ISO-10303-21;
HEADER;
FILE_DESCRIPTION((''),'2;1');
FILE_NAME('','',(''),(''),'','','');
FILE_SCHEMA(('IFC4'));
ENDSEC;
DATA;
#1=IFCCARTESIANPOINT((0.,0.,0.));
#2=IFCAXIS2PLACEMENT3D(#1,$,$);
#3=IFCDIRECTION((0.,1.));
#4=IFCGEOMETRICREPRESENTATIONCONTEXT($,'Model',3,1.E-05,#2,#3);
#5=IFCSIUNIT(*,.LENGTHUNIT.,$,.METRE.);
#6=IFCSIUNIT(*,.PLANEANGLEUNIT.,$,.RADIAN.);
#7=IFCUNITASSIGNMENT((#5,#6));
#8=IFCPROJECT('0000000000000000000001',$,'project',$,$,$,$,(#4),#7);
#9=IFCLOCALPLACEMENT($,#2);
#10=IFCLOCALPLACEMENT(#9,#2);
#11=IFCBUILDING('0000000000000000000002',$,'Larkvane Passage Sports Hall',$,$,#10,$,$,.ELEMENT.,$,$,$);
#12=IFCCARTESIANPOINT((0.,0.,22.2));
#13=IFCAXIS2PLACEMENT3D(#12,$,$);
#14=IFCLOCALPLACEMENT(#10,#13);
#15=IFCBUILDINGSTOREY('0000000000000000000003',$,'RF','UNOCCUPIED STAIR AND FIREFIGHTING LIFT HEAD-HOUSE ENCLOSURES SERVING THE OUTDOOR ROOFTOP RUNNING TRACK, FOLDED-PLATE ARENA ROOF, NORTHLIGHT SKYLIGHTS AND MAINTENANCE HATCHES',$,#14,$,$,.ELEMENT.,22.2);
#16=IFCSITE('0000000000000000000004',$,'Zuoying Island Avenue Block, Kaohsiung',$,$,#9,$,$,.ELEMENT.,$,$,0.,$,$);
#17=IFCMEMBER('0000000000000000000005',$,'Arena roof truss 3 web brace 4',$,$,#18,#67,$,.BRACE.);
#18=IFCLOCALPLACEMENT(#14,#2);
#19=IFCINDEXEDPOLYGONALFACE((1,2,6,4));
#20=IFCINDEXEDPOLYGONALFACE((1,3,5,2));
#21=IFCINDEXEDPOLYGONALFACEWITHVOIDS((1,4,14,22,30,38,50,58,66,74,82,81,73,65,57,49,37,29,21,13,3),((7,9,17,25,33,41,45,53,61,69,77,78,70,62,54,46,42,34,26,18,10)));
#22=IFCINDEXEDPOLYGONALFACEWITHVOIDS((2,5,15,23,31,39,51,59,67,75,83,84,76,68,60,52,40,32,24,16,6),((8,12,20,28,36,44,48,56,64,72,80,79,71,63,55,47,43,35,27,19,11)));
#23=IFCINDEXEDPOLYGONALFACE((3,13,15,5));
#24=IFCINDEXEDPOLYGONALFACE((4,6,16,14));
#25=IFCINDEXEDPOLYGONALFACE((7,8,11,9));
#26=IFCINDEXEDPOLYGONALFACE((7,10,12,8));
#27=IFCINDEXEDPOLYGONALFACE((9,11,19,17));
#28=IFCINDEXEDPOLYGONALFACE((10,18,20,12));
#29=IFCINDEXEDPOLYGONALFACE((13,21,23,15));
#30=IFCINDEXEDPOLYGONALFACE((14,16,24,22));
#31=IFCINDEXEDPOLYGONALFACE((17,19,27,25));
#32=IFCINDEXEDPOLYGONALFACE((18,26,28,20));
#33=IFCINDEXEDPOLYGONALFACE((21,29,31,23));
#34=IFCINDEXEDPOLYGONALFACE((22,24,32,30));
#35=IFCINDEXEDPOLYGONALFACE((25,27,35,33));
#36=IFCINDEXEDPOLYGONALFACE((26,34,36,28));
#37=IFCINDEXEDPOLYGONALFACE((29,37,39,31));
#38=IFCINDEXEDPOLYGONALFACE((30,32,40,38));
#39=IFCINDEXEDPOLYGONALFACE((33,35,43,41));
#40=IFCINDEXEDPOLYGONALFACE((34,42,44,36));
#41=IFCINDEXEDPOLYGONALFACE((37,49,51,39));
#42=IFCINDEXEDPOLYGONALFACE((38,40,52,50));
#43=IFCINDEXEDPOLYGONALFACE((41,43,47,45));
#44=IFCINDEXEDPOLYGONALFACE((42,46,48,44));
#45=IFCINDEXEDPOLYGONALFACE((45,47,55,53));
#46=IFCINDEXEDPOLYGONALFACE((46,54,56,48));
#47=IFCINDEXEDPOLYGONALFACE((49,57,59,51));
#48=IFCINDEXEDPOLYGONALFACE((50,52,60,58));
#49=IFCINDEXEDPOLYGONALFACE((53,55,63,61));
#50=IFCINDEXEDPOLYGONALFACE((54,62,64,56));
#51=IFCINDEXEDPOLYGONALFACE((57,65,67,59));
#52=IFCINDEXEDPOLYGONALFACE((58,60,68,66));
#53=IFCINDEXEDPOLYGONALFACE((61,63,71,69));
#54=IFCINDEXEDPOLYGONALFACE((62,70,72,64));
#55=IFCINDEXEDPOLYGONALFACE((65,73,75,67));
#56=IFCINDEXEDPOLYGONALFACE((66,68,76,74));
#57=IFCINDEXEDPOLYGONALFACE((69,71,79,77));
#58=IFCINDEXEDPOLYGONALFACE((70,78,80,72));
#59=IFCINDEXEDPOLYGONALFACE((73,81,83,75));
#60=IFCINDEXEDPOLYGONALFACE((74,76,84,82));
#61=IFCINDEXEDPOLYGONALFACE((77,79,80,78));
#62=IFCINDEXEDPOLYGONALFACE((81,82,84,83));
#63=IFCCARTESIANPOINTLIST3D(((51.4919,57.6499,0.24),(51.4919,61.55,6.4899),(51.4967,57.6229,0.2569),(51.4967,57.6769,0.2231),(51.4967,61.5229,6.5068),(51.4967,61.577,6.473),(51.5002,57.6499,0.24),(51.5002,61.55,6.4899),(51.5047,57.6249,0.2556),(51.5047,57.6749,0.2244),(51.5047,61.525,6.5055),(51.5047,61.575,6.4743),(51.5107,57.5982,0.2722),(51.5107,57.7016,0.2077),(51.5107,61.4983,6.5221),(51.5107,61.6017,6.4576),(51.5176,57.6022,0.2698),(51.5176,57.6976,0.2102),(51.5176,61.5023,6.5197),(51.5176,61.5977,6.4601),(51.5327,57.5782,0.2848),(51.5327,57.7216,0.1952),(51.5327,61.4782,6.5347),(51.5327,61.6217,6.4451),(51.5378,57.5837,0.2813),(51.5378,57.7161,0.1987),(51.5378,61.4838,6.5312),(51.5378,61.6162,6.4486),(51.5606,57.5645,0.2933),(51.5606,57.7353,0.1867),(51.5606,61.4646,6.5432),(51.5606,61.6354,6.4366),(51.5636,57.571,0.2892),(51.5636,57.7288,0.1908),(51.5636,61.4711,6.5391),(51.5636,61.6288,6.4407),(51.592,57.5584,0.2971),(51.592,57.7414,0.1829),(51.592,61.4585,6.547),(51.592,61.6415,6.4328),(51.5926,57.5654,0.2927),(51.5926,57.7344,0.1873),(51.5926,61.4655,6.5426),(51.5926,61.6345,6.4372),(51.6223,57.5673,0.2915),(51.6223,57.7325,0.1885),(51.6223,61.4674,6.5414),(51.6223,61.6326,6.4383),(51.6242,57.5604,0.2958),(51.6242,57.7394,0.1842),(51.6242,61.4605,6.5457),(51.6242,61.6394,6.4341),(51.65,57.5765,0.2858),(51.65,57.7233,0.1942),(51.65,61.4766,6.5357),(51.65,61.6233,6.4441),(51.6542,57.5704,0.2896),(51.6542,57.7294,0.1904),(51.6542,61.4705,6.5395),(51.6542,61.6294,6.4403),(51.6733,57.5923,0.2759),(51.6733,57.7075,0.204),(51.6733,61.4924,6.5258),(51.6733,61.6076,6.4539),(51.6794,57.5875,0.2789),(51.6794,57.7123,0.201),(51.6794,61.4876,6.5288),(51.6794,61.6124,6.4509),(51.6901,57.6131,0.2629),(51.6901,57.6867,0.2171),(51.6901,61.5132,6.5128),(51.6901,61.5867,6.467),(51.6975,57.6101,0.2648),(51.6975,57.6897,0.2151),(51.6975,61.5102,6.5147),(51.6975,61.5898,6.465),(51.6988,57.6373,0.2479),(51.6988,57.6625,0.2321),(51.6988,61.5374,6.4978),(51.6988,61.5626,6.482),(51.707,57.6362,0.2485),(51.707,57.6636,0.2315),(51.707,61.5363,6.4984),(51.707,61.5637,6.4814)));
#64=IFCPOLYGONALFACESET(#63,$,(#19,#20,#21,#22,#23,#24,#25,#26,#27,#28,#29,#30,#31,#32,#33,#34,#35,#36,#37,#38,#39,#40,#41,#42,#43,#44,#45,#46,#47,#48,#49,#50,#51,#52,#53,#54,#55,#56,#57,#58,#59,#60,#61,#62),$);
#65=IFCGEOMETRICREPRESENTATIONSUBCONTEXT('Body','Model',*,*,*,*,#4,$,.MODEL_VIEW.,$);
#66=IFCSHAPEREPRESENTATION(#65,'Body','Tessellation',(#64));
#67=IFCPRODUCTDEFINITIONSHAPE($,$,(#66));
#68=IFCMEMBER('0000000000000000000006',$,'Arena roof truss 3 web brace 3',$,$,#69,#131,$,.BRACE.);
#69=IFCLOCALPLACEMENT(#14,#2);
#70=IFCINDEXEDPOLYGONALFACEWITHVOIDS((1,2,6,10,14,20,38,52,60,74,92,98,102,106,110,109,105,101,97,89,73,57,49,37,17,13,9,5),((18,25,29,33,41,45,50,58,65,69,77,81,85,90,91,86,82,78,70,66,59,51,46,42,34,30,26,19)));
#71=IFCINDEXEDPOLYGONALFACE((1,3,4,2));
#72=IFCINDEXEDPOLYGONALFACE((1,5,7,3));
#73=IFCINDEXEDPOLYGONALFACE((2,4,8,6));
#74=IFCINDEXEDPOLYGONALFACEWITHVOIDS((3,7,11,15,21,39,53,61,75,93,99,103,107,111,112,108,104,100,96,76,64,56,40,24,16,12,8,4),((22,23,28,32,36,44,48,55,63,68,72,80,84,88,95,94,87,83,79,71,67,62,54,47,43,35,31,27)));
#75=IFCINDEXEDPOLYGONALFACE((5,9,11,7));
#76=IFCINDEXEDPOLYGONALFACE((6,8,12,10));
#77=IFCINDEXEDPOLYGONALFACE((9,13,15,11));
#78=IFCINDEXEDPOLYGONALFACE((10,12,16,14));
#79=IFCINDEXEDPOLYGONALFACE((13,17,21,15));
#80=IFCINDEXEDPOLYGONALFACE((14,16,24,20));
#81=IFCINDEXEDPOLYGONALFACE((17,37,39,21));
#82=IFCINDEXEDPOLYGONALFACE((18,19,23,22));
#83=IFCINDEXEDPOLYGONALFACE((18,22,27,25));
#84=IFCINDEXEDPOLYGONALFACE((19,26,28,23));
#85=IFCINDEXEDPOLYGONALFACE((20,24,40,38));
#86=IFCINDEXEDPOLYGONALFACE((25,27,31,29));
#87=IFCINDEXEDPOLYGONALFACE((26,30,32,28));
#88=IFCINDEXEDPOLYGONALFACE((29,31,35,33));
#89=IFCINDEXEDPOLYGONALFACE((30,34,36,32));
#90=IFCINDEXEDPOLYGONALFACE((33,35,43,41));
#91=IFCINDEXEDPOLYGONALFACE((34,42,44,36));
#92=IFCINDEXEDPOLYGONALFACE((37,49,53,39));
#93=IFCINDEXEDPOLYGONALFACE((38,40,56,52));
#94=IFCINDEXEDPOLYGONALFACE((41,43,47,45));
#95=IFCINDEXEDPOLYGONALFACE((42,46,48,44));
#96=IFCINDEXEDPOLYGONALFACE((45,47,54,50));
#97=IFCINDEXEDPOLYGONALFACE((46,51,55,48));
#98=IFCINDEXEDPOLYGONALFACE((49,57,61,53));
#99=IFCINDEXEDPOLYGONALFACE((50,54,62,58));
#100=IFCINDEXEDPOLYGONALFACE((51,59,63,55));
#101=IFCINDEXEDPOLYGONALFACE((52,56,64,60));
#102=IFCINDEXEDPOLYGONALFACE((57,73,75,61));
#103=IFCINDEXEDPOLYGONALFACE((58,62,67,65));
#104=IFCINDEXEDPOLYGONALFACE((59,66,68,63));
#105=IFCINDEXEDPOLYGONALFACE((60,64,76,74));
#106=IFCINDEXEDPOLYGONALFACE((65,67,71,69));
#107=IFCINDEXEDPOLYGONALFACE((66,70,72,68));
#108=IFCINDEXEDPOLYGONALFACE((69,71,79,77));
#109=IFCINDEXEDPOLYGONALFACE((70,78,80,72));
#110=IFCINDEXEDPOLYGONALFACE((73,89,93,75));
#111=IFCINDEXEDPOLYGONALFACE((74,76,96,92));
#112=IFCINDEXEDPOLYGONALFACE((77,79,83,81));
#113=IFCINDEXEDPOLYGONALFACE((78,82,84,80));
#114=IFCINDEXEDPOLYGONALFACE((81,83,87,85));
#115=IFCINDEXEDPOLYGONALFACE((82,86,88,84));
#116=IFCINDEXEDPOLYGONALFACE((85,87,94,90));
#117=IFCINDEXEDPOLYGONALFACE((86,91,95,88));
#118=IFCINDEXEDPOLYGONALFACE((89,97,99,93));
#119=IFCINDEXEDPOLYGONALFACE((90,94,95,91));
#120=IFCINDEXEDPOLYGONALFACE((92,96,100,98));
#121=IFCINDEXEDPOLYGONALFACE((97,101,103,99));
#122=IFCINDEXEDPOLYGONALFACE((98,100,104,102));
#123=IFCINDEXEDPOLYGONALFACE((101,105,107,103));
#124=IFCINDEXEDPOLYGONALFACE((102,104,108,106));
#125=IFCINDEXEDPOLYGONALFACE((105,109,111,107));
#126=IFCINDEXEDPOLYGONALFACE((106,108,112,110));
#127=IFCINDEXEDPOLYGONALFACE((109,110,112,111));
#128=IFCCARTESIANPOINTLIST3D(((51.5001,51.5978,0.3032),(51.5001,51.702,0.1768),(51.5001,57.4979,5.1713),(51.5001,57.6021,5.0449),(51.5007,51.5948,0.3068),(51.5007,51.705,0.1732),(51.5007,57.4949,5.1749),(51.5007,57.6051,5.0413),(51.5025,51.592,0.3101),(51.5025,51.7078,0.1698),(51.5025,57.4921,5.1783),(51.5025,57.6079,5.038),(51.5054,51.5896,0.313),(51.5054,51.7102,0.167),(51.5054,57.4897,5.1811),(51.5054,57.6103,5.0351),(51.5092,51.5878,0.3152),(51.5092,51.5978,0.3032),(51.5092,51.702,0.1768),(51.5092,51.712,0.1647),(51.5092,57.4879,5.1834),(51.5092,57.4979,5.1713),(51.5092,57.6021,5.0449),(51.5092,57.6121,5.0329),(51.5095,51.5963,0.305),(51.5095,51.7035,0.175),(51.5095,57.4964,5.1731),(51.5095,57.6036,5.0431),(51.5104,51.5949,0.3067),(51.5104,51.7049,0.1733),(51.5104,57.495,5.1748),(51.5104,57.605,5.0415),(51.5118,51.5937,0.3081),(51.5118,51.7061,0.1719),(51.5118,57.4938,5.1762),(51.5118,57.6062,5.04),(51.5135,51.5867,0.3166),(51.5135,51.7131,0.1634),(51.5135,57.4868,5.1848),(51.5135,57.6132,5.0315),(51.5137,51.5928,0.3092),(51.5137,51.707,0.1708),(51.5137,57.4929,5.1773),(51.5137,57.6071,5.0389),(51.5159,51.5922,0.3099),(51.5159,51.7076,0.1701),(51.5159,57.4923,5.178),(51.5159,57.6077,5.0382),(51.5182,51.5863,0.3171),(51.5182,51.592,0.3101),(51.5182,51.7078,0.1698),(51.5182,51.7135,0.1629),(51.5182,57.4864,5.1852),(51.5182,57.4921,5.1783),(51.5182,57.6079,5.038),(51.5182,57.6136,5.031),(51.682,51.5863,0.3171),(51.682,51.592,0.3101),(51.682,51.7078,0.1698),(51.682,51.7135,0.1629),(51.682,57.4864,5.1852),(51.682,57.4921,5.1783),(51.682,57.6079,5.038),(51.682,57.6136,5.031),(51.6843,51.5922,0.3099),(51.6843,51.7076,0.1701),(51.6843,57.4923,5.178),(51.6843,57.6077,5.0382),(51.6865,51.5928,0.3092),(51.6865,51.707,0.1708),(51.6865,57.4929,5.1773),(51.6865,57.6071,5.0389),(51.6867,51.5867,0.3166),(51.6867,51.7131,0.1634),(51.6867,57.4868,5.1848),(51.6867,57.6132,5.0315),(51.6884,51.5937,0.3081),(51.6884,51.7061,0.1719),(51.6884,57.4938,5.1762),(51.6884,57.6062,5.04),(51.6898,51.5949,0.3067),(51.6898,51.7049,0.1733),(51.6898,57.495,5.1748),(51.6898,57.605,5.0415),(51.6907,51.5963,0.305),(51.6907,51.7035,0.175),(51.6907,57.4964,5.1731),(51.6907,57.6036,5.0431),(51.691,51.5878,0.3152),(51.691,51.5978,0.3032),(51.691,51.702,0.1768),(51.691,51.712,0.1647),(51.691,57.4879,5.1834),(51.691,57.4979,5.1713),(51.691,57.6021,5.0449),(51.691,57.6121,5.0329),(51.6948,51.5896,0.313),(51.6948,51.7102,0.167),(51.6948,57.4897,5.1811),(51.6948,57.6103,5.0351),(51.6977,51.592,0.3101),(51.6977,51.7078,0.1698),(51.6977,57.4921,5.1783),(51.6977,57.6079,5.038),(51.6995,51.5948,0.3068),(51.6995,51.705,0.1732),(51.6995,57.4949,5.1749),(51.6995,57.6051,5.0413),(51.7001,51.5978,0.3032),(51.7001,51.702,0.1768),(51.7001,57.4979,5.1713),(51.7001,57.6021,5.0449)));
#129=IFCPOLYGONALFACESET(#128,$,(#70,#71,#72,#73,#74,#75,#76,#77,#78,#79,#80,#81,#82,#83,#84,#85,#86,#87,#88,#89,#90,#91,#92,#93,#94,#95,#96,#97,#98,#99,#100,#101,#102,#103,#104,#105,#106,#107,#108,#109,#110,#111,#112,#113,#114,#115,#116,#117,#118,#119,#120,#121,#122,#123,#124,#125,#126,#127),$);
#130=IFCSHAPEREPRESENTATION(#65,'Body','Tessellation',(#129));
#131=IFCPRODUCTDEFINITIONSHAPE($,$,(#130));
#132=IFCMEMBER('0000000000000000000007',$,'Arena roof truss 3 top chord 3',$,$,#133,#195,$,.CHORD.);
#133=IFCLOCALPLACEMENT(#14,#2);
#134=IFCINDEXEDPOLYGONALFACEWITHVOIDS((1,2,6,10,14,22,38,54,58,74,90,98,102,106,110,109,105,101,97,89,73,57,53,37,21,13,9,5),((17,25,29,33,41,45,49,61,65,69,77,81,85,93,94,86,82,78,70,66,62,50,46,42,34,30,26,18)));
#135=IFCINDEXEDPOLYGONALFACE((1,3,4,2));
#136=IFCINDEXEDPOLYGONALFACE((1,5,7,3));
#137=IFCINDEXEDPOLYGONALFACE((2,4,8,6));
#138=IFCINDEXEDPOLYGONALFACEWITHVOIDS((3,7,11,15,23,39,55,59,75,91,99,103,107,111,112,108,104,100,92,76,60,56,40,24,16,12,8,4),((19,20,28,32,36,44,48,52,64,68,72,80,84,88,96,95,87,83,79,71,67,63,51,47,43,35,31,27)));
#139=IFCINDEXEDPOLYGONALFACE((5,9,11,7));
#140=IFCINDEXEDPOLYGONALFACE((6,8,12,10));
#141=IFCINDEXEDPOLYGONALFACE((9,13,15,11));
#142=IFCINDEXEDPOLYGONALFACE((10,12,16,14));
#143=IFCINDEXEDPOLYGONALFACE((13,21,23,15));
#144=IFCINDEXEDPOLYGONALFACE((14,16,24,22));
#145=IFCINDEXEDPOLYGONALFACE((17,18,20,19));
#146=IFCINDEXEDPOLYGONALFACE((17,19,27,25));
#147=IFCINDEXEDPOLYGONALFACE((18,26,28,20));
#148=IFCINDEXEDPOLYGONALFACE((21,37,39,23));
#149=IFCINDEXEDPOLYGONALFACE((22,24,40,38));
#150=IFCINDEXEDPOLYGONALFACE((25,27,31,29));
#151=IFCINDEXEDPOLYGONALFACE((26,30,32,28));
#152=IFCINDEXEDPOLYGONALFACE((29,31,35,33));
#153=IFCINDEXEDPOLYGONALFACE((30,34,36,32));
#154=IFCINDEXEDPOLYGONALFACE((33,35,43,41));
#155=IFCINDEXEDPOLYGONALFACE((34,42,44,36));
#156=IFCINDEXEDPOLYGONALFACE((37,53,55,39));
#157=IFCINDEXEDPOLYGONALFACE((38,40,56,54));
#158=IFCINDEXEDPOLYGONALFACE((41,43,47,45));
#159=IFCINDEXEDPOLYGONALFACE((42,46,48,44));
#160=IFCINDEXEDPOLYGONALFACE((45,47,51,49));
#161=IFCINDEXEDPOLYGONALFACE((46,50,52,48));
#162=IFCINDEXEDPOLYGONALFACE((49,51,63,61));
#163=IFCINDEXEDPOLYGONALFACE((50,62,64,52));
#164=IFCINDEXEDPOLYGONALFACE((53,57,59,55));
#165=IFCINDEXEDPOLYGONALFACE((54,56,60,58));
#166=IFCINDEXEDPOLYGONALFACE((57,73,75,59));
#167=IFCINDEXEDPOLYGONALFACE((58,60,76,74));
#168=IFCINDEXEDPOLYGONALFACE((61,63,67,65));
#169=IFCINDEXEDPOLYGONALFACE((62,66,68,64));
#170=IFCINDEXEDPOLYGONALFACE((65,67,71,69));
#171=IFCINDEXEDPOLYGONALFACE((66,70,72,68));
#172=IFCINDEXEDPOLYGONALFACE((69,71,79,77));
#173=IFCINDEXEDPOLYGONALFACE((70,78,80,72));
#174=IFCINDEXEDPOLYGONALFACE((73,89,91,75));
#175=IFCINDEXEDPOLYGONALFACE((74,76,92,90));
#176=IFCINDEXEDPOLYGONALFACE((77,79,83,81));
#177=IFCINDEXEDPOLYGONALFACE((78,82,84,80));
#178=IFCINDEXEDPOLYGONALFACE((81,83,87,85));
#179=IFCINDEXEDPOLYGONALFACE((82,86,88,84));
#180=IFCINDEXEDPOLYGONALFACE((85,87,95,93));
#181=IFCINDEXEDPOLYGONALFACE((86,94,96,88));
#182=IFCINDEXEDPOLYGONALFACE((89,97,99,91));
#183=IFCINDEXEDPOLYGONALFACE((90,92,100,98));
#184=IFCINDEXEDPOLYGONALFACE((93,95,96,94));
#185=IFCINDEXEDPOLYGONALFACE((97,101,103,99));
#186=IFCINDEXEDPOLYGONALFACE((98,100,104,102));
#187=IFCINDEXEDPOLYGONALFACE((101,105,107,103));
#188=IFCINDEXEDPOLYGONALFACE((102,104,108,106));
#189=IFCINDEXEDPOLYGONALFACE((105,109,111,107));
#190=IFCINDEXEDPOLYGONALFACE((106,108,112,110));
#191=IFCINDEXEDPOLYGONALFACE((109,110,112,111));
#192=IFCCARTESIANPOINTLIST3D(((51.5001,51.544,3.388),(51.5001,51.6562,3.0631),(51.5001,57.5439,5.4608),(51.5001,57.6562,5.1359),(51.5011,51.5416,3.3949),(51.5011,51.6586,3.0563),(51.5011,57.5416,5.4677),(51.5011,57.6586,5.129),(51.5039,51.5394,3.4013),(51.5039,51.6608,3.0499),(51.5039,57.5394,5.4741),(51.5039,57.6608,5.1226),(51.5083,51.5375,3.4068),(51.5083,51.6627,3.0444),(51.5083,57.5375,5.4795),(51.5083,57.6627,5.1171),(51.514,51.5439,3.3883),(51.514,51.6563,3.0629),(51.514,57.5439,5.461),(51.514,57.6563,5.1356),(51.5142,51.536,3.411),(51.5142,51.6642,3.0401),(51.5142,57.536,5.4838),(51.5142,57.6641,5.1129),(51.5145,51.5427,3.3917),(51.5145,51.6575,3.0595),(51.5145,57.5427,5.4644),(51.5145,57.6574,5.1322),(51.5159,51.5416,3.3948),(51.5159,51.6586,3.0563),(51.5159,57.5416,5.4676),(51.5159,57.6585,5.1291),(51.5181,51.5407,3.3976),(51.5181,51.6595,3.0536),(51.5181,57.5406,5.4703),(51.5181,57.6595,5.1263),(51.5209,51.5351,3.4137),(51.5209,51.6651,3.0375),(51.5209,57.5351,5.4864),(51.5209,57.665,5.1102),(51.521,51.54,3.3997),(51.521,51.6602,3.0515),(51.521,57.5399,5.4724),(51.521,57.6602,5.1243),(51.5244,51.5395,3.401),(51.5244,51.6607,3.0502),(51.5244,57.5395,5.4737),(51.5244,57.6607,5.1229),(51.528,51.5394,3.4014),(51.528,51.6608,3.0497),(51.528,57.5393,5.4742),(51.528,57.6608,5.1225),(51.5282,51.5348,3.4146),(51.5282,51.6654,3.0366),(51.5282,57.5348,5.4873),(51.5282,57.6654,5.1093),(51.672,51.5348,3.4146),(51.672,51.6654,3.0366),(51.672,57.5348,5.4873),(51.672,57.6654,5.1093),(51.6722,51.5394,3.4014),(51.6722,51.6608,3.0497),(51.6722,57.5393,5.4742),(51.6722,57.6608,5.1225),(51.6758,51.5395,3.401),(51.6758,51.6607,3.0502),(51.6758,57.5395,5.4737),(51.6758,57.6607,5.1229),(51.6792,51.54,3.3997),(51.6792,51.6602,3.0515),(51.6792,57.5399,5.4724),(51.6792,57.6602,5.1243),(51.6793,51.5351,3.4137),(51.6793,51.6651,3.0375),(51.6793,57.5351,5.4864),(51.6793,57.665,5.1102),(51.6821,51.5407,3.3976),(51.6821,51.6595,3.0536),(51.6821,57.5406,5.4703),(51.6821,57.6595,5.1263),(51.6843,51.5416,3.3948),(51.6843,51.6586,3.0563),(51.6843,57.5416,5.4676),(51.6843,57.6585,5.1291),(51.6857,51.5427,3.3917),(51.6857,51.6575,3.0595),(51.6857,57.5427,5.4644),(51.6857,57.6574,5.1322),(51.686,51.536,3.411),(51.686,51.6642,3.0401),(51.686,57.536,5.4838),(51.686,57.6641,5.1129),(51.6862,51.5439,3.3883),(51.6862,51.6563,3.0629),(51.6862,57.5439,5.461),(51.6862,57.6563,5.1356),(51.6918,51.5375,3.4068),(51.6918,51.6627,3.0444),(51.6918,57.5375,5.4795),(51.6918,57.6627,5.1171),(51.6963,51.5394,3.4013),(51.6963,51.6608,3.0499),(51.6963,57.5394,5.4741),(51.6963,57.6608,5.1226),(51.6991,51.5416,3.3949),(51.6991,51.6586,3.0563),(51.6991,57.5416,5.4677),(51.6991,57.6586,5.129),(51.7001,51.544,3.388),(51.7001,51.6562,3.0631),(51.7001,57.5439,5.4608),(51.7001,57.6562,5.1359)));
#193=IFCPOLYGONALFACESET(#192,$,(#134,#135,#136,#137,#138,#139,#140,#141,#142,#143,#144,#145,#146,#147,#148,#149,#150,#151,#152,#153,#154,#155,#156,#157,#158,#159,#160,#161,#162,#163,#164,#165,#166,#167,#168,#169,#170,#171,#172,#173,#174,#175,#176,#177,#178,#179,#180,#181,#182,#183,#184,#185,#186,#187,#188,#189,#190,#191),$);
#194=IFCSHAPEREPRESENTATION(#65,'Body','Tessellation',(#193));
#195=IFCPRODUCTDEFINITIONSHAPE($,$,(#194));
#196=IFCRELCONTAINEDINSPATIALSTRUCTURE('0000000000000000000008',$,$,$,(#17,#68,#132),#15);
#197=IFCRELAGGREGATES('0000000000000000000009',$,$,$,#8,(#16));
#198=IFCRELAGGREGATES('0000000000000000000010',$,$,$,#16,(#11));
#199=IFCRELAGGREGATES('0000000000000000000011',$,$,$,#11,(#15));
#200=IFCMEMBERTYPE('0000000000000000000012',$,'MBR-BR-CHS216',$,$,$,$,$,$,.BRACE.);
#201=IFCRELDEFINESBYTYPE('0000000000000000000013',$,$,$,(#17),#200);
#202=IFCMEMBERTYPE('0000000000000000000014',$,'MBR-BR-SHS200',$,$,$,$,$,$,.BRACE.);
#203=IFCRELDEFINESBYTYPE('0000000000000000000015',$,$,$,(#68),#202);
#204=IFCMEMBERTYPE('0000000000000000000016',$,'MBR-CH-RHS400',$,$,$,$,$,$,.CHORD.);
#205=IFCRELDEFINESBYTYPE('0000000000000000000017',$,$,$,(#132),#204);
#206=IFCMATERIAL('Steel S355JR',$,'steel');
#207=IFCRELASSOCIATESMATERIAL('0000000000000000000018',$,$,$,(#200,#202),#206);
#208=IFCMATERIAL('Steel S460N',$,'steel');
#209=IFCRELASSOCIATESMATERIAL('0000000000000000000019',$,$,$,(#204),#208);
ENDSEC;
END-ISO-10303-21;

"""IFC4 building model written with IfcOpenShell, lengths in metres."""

from ifc_helpers import new_model, si_unit, direction, frame, origin, origin_2d, place, context, subcontext, project, spatial, hollow_rectangle, hollow_circle, extrude, material, material_profile, profile_set, type_object, element, save


model = new_model("IFC4")

# Units and contexts
model_context = context("Model", 3, precision=1e-05, world=origin(), true_north=direction((0.0, 1.0)))
body_context = subcontext(model_context, "Body", "Model", "MODEL_VIEW")
ifc_project = project(units=[si_unit("LENGTHUNIT", "METRE"), si_unit("PLANEANGLEUNIT", "RADIAN")], contexts=[model_context])

# Site, building, storey
site_placement = place(None, origin())
site = spatial("IfcSite", under=ifc_project, at=site_placement, Name="Zuoying Island Avenue Block, Kaohsiung", CompositionType="ELEMENT", RefElevation=0.0)
building_placement = place(site_placement, origin())
building = spatial("IfcBuilding", under=site, at=building_placement, Name="Larkvane Passage Sports Hall", CompositionType="ELEMENT")
storey_placement = place(building_placement, frame((0.0, 0.0, 22.2)))
storey = spatial("IfcBuildingStorey", under=building, at=storey_placement, Name="RF", Description="UNOCCUPIED STAIR AND FIREFIGHTING LIFT HEAD-HOUSE ENCLOSURES SERVING THE OUTDOOR ROOFTOP RUNNING TRACK, FOLDED-PLATE ARENA ROOF, NORTHLIGHT SKYLIGHTS AND MAINTENANCE HATCHES", CompositionType="ELEMENT", Elevation=22.2)

# Members
ifc_material_1 = material(Name="Steel S355JR", Category="steel")
ifc_material_profile_1 = material_profile(ifc_material_1, hollow_circle(Radius=0.1082, WallThickness=0.0083, at=origin_2d()), Name="CHS-216.3x8.2")
ifc_profile_set_1 = profile_set([ifc_material_profile_1], Name="Steel S355JR")
member_type_1 = type_object("IfcMemberType", Name="MBR-BR-CHS216", PredefinedType="BRACE", material=ifc_profile_set_1)
member_1_placement = place(storey_placement, frame((51.6001, 57.6499, 0.24), z_axis=(0.0, 0.529403, 0.84837), x_axis=(-1.0, 0.0, 0.0)))
element("IfcMember", 1, at=member_1_placement, inside=storey, type_object=member_type_1, Name="Arena roof truss 3 web brace 4", PredefinedType="BRACE", context=body_context, shape_type="SweptSolid", body=[
    extrude(hollow_circle(Radius=0.1082, WallThickness=0.0083, at=origin_2d()), origin(), (0.0, 0.0, 1.0), 7.3669),
])
ifc_material_profile_2 = material_profile(ifc_material_1, hollow_rectangle(XDim=0.2, YDim=0.2, WallThickness=0.009, InnerFilletRadius=0.009, OuterFilletRadius=0.0181, at=origin_2d()), Name="SHS-200x200x9")
ifc_profile_set_2 = profile_set([ifc_material_profile_2], Name="Steel S355JR")
member_type_2 = type_object("IfcMemberType", Name="MBR-BR-SHS200", PredefinedType="BRACE", material=ifc_profile_set_2)
member_2_placement = place(storey_placement, frame((51.6001, 51.6499, 0.24), z_axis=(0.0, 0.771338, 0.636425), x_axis=(-1.0, 0.0, 0.0)))
element("IfcMember", 2, at=member_2_placement, inside=storey, type_object=member_type_2, Name="Arena roof truss 3 web brace 3", PredefinedType="BRACE", context=body_context, shape_type="SweptSolid", body=[
    extrude(hollow_rectangle(XDim=0.2, YDim=0.2, WallThickness=0.009, InnerFilletRadius=0.009, OuterFilletRadius=0.0181, at=origin_2d()), origin(), (0.0, 0.0, 1.0), 7.6492),
])
ifc_material_2 = material(Name="Steel S460N", Category="steel")
ifc_material_profile_3 = material_profile(ifc_material_2, hollow_rectangle(XDim=0.2, YDim=0.3999, WallThickness=0.0139, InnerFilletRadius=0.0139, OuterFilletRadius=0.0281, at=origin_2d()), Name="RHS-400x200x14")
ifc_profile_set_3 = profile_set([ifc_material_profile_3], Name="Steel S460N")
member_type_3 = type_object("IfcMemberType", Name="MBR-CH-RHS400", PredefinedType="CHORD", material=ifc_profile_set_3)
member_3_placement = place(storey_placement, frame((51.6001, 51.6001, 3.2256), z_axis=(0.0, 0.945189, 0.326524), x_axis=(-1.0, 0.0, 0.0)))
element("IfcMember", 3, at=member_3_placement, inside=storey, type_object=member_type_3, Name="Arena roof truss 3 top chord 3", PredefinedType="CHORD", context=body_context, shape_type="SweptSolid", body=[
    extrude(hollow_rectangle(XDim=0.2, YDim=0.3999, WallThickness=0.0139, InnerFilletRadius=0.0139, OuterFilletRadius=0.0281, at=origin_2d()), origin(), (0.0, 0.0, 1.0), 6.3479),
])

save(model, "model.ifc")
